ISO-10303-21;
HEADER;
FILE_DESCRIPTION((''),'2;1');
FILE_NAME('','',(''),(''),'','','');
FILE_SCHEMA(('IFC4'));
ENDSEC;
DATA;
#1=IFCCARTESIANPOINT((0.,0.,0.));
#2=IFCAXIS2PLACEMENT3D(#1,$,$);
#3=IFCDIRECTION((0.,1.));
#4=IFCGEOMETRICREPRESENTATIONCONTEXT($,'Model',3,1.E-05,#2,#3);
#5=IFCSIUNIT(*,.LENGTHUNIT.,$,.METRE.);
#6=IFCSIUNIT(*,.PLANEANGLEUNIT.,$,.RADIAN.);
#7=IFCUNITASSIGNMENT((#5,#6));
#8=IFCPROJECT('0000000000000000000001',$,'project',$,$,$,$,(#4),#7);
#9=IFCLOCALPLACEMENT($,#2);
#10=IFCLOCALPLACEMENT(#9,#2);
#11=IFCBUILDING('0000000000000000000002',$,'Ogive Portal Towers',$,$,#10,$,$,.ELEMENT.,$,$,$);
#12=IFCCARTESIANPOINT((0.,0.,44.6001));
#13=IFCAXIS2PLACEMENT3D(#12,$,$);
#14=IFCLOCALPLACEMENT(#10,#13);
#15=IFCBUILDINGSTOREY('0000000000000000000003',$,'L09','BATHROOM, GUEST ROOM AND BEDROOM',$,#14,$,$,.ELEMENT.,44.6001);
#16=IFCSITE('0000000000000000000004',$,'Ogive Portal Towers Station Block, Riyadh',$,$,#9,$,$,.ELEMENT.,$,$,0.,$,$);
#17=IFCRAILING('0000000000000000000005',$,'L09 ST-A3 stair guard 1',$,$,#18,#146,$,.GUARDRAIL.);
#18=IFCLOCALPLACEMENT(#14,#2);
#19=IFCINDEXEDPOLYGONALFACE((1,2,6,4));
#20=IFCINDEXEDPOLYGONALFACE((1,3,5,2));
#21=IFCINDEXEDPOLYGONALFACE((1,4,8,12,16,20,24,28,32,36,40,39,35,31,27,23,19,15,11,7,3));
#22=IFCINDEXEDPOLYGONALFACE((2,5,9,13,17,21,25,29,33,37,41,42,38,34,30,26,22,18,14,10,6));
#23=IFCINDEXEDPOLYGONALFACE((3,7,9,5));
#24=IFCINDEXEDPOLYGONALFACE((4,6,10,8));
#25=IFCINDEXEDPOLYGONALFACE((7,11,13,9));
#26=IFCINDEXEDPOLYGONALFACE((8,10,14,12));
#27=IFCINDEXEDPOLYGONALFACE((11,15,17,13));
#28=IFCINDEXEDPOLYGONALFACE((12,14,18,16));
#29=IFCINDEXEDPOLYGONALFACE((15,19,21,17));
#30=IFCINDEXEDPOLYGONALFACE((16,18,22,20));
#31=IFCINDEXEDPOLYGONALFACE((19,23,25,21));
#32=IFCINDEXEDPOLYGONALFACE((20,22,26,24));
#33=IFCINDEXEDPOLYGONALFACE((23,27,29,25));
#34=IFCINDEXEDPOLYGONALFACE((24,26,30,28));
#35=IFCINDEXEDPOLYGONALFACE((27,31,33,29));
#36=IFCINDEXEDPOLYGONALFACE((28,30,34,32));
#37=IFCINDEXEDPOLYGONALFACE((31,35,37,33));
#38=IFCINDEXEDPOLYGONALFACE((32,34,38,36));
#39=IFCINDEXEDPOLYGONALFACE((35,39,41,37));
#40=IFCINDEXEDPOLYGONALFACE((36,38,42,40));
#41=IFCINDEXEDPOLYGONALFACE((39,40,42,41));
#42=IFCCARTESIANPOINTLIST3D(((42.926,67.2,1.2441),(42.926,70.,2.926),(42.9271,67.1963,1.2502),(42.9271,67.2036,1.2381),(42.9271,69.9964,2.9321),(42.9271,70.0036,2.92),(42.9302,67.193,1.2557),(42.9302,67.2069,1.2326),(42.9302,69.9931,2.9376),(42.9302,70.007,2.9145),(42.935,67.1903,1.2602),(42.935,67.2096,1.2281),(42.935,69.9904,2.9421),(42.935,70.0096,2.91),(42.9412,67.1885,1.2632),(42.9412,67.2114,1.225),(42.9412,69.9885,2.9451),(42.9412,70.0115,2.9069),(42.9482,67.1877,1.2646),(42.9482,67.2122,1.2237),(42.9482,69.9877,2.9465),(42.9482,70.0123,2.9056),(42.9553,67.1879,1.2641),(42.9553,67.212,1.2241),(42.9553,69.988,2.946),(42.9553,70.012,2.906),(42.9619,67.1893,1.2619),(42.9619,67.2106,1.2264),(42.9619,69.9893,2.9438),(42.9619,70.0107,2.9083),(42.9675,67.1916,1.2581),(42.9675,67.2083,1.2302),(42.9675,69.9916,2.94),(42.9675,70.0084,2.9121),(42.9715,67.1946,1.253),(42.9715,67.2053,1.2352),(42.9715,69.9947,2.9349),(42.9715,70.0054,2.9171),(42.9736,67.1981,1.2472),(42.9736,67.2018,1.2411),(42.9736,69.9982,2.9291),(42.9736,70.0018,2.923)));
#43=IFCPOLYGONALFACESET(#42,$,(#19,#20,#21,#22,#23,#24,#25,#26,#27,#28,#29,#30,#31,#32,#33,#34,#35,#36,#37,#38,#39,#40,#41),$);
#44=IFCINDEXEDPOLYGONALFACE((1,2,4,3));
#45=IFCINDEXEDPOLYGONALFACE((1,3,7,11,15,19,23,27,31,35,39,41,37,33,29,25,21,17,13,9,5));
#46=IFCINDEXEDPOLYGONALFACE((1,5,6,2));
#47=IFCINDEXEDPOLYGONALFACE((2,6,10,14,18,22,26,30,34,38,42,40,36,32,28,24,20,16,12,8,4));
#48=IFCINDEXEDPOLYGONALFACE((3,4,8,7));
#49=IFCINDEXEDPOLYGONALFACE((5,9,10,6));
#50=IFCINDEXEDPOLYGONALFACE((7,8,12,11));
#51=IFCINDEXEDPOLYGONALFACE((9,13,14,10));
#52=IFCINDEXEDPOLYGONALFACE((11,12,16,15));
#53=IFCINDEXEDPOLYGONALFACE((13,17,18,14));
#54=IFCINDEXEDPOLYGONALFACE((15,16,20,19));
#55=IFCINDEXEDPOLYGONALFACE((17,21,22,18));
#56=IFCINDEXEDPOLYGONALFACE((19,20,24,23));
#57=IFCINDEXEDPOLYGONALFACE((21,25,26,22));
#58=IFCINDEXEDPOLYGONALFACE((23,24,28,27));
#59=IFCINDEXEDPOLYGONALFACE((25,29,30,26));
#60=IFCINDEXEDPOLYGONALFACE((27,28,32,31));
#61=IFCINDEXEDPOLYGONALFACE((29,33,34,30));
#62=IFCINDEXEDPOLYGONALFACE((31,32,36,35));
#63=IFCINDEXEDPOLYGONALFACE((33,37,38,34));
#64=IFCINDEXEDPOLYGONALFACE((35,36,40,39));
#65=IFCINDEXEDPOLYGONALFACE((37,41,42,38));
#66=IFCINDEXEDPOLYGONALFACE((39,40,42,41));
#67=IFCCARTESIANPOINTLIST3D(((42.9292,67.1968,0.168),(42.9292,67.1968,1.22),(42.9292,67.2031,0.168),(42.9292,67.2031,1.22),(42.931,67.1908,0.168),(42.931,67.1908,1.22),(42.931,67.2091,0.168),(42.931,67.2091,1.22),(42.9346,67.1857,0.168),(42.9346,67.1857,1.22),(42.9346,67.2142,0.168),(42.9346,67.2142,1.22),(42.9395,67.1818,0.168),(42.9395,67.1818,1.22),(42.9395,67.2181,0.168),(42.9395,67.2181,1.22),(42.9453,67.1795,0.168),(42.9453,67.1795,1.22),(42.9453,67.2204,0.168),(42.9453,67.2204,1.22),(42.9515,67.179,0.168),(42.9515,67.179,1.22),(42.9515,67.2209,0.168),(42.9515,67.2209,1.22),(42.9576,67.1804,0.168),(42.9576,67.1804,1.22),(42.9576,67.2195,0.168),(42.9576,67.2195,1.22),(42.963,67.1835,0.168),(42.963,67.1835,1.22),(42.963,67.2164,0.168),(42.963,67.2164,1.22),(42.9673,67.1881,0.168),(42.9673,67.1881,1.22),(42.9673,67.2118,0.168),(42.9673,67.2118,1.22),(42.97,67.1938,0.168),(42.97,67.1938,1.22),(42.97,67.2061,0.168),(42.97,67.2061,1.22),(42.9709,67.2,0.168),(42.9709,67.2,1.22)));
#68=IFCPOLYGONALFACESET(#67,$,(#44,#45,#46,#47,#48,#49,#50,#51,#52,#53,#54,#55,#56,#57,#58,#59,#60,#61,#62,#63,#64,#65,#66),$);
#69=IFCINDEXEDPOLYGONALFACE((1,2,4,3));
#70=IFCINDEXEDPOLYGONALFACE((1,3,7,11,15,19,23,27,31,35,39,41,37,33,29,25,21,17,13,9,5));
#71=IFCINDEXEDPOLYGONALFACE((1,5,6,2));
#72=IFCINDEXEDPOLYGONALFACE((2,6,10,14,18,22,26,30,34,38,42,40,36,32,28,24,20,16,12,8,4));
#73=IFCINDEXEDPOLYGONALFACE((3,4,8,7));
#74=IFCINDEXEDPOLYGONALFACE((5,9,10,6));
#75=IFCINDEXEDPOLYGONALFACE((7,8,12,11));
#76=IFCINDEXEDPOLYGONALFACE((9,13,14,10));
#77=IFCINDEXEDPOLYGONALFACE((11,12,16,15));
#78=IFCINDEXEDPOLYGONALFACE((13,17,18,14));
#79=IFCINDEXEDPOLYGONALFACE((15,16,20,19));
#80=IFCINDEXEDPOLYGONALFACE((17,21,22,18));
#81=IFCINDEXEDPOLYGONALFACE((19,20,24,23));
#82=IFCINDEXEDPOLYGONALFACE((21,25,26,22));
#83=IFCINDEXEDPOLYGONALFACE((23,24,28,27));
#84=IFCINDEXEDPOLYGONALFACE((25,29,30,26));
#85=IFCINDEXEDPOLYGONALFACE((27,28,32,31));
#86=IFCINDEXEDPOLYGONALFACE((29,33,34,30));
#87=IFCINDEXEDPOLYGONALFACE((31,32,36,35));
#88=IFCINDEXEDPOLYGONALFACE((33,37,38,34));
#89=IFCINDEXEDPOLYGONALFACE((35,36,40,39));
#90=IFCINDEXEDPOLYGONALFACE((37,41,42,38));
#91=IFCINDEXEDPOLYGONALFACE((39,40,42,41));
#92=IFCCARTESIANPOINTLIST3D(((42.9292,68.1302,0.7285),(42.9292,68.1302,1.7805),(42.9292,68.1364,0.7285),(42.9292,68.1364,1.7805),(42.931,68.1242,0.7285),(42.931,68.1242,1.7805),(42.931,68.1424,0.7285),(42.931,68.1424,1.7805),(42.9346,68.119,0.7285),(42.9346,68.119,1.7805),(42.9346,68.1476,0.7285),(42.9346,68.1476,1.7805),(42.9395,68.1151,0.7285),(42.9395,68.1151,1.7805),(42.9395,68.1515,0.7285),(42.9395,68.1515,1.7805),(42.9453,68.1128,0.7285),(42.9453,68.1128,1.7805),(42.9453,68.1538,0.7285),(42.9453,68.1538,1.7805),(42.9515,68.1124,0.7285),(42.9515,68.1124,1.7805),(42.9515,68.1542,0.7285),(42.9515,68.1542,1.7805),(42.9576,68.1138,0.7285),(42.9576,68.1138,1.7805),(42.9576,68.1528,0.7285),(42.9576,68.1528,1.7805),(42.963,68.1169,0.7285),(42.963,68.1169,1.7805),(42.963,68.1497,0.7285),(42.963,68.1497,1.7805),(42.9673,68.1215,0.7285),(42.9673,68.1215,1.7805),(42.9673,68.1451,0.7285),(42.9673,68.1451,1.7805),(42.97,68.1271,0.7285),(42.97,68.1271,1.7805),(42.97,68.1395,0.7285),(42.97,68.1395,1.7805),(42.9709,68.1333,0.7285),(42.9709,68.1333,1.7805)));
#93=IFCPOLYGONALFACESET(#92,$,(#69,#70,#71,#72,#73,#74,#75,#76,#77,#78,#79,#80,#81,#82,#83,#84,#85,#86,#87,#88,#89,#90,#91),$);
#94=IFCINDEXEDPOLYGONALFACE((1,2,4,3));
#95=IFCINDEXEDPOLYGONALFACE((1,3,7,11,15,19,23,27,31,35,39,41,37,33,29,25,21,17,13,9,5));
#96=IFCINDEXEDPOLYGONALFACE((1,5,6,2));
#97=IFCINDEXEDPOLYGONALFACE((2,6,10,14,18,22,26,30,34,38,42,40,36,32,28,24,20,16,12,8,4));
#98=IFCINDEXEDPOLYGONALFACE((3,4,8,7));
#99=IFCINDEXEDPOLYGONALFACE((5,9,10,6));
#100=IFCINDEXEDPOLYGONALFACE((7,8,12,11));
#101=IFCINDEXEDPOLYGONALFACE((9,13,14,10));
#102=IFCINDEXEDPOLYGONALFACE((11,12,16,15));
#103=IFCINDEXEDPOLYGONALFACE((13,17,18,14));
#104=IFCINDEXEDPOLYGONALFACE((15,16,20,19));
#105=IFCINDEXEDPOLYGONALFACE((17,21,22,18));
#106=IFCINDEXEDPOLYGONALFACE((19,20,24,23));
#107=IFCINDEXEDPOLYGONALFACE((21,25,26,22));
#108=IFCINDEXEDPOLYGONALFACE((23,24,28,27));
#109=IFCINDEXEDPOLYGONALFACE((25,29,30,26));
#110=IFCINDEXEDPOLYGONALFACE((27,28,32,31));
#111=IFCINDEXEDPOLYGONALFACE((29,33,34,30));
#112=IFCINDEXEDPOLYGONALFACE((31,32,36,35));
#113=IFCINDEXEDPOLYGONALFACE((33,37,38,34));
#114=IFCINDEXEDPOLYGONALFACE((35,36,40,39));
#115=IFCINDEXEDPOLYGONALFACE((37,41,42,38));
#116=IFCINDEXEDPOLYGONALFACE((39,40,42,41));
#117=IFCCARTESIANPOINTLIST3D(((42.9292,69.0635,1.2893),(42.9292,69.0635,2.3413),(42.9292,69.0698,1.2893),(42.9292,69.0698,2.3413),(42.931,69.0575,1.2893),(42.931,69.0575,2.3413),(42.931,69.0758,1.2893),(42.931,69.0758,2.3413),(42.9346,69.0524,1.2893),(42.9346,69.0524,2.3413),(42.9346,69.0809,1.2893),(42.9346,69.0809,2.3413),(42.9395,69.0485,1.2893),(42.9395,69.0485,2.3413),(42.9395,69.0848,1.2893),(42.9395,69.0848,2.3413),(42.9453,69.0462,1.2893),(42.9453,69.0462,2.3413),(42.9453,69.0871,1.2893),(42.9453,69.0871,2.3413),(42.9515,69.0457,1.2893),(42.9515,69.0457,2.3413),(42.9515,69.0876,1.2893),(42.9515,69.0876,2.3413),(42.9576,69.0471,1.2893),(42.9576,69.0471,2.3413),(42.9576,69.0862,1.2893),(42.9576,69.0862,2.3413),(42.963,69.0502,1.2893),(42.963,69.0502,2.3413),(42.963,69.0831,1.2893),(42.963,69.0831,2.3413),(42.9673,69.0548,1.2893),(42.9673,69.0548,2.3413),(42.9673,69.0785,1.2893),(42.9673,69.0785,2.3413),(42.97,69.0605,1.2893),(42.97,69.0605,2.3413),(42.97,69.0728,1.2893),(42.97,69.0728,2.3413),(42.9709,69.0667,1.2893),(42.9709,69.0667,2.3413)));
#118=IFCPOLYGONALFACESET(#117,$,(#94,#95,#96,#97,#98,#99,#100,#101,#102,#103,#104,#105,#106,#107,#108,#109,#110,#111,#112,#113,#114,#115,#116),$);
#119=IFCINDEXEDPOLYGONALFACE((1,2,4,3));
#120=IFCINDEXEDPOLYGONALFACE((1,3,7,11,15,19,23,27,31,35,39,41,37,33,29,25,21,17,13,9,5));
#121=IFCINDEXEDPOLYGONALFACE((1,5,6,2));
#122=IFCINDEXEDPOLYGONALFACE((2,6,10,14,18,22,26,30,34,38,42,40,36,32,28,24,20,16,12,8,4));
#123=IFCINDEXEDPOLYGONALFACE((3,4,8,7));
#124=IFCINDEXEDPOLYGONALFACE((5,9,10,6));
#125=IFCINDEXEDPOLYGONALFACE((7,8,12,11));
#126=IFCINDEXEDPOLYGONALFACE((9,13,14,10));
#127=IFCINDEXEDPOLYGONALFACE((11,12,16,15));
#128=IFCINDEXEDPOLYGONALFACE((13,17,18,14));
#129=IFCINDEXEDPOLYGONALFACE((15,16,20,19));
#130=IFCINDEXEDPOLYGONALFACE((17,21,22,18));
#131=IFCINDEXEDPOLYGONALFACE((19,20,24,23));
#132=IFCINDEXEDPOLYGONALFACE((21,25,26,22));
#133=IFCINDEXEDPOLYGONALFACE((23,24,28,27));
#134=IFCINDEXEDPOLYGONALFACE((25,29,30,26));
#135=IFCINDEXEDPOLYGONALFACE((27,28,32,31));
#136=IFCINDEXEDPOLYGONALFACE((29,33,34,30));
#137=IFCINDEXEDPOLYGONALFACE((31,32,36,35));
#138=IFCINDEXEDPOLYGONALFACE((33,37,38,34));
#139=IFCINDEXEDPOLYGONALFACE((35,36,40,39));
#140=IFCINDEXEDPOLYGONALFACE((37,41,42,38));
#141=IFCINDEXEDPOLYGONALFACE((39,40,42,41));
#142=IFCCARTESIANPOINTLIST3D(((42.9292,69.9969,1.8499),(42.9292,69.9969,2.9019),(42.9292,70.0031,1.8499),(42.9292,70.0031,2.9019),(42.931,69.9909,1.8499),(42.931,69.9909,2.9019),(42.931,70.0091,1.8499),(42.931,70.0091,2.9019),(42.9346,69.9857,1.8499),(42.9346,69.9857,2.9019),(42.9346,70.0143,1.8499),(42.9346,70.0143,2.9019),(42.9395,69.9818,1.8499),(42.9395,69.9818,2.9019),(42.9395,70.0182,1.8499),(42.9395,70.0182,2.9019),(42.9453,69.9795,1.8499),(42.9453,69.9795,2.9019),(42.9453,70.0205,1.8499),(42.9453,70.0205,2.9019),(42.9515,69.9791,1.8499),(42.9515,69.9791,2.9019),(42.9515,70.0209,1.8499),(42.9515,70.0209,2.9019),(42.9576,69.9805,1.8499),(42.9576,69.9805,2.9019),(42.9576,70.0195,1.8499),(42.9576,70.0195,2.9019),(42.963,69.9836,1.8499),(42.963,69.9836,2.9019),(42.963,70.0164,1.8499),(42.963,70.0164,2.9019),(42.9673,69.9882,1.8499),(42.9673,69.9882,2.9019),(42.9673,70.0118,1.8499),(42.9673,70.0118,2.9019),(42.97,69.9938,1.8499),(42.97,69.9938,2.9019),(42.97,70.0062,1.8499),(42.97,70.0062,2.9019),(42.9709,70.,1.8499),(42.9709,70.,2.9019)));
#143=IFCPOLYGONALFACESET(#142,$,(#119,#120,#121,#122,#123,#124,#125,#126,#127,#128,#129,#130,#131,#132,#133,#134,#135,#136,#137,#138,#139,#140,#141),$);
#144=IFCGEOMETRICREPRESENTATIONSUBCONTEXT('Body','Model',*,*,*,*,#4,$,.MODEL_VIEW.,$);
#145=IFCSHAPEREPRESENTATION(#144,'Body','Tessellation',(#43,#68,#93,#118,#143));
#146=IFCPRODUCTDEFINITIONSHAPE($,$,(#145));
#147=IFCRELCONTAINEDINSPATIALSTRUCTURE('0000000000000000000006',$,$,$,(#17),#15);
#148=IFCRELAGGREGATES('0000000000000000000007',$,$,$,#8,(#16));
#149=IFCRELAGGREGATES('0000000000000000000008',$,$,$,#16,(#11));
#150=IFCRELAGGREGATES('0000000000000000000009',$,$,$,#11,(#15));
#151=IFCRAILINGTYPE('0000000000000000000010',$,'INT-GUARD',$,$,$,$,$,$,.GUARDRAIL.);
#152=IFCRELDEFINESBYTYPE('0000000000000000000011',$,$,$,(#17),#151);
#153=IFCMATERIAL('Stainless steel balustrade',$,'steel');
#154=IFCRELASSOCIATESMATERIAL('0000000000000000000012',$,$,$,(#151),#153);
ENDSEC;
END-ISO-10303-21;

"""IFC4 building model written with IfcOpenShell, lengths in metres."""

from ifc_helpers import new_model, si_unit, direction, frame, origin, origin_2d, place, context, subcontext, project, spatial, circle, extrude, material, type_object, element, save


model = new_model("IFC4")

# Units and contexts
model_context = context("Model", 3, precision=1e-05, world=origin(), true_north=direction((0.0, 1.0)))
body_context = subcontext(model_context, "Body", "Model", "MODEL_VIEW")
ifc_project = project(units=[si_unit("LENGTHUNIT", "METRE"), si_unit("PLANEANGLEUNIT", "RADIAN")], contexts=[model_context])

# Site, building, storey
site_placement = place(None, origin())
site = spatial("IfcSite", under=ifc_project, at=site_placement, Name="Ogive Portal Towers Station Block, Riyadh", CompositionType="ELEMENT", RefElevation=0.0)
building_placement = place(site_placement, origin())
building = spatial("IfcBuilding", under=site, at=building_placement, Name="Ogive Portal Towers", CompositionType="ELEMENT")
storey_placement = place(building_placement, frame((0.0, 0.0, 44.6001)))
storey = spatial("IfcBuildingStorey", under=building, at=storey_placement, Name="L09", Description="BATHROOM, GUEST ROOM AND BEDROOM", CompositionType="ELEMENT", Elevation=44.6001)

# Railing
ifc_material_1 = material(Name="Stainless steel balustrade", Category="steel")
railing_type_1 = type_object("IfcRailingType", Name="INT-GUARD", PredefinedType="GUARDRAIL", material=ifc_material_1)
railing_1_placement = place(storey_placement, frame((42.95, 67.2, 0.168)))
element("IfcRailing", 1, at=railing_1_placement, inside=storey, type_object=railing_type_1, Name="L09 ST-A3 stair guard 1", PredefinedType="GUARDRAIL", context=body_context, shape_type="SweptSolid", body=[
    extrude(circle(Radius=0.0239, at=origin_2d()), frame((0.0, 0.0, 1.0762), z_axis=(0.0, 0.857242, 0.514913), x_axis=(-1.0, 0.0, 0.0)), (0.0, 0.0, 1.0), 3.2664),
    extrude(circle(Radius=0.021, at=origin_2d()), origin(), (0.0, 0.0, 1.0), 1.052),
    extrude(circle(Radius=0.021, at=origin_2d()), frame((0.0, 0.9333, 0.5605)), (0.0, 0.0, 1.0), 1.052),
    extrude(circle(Radius=0.021, at=origin_2d()), frame((0.0, 1.8667, 1.1213)), (0.0, 0.0, 1.0), 1.052),
    extrude(circle(Radius=0.021, at=origin_2d()), frame((0.0, 2.8, 1.6819)), (0.0, 0.0, 1.0), 1.052),
])

save(model, "model.ifc")
